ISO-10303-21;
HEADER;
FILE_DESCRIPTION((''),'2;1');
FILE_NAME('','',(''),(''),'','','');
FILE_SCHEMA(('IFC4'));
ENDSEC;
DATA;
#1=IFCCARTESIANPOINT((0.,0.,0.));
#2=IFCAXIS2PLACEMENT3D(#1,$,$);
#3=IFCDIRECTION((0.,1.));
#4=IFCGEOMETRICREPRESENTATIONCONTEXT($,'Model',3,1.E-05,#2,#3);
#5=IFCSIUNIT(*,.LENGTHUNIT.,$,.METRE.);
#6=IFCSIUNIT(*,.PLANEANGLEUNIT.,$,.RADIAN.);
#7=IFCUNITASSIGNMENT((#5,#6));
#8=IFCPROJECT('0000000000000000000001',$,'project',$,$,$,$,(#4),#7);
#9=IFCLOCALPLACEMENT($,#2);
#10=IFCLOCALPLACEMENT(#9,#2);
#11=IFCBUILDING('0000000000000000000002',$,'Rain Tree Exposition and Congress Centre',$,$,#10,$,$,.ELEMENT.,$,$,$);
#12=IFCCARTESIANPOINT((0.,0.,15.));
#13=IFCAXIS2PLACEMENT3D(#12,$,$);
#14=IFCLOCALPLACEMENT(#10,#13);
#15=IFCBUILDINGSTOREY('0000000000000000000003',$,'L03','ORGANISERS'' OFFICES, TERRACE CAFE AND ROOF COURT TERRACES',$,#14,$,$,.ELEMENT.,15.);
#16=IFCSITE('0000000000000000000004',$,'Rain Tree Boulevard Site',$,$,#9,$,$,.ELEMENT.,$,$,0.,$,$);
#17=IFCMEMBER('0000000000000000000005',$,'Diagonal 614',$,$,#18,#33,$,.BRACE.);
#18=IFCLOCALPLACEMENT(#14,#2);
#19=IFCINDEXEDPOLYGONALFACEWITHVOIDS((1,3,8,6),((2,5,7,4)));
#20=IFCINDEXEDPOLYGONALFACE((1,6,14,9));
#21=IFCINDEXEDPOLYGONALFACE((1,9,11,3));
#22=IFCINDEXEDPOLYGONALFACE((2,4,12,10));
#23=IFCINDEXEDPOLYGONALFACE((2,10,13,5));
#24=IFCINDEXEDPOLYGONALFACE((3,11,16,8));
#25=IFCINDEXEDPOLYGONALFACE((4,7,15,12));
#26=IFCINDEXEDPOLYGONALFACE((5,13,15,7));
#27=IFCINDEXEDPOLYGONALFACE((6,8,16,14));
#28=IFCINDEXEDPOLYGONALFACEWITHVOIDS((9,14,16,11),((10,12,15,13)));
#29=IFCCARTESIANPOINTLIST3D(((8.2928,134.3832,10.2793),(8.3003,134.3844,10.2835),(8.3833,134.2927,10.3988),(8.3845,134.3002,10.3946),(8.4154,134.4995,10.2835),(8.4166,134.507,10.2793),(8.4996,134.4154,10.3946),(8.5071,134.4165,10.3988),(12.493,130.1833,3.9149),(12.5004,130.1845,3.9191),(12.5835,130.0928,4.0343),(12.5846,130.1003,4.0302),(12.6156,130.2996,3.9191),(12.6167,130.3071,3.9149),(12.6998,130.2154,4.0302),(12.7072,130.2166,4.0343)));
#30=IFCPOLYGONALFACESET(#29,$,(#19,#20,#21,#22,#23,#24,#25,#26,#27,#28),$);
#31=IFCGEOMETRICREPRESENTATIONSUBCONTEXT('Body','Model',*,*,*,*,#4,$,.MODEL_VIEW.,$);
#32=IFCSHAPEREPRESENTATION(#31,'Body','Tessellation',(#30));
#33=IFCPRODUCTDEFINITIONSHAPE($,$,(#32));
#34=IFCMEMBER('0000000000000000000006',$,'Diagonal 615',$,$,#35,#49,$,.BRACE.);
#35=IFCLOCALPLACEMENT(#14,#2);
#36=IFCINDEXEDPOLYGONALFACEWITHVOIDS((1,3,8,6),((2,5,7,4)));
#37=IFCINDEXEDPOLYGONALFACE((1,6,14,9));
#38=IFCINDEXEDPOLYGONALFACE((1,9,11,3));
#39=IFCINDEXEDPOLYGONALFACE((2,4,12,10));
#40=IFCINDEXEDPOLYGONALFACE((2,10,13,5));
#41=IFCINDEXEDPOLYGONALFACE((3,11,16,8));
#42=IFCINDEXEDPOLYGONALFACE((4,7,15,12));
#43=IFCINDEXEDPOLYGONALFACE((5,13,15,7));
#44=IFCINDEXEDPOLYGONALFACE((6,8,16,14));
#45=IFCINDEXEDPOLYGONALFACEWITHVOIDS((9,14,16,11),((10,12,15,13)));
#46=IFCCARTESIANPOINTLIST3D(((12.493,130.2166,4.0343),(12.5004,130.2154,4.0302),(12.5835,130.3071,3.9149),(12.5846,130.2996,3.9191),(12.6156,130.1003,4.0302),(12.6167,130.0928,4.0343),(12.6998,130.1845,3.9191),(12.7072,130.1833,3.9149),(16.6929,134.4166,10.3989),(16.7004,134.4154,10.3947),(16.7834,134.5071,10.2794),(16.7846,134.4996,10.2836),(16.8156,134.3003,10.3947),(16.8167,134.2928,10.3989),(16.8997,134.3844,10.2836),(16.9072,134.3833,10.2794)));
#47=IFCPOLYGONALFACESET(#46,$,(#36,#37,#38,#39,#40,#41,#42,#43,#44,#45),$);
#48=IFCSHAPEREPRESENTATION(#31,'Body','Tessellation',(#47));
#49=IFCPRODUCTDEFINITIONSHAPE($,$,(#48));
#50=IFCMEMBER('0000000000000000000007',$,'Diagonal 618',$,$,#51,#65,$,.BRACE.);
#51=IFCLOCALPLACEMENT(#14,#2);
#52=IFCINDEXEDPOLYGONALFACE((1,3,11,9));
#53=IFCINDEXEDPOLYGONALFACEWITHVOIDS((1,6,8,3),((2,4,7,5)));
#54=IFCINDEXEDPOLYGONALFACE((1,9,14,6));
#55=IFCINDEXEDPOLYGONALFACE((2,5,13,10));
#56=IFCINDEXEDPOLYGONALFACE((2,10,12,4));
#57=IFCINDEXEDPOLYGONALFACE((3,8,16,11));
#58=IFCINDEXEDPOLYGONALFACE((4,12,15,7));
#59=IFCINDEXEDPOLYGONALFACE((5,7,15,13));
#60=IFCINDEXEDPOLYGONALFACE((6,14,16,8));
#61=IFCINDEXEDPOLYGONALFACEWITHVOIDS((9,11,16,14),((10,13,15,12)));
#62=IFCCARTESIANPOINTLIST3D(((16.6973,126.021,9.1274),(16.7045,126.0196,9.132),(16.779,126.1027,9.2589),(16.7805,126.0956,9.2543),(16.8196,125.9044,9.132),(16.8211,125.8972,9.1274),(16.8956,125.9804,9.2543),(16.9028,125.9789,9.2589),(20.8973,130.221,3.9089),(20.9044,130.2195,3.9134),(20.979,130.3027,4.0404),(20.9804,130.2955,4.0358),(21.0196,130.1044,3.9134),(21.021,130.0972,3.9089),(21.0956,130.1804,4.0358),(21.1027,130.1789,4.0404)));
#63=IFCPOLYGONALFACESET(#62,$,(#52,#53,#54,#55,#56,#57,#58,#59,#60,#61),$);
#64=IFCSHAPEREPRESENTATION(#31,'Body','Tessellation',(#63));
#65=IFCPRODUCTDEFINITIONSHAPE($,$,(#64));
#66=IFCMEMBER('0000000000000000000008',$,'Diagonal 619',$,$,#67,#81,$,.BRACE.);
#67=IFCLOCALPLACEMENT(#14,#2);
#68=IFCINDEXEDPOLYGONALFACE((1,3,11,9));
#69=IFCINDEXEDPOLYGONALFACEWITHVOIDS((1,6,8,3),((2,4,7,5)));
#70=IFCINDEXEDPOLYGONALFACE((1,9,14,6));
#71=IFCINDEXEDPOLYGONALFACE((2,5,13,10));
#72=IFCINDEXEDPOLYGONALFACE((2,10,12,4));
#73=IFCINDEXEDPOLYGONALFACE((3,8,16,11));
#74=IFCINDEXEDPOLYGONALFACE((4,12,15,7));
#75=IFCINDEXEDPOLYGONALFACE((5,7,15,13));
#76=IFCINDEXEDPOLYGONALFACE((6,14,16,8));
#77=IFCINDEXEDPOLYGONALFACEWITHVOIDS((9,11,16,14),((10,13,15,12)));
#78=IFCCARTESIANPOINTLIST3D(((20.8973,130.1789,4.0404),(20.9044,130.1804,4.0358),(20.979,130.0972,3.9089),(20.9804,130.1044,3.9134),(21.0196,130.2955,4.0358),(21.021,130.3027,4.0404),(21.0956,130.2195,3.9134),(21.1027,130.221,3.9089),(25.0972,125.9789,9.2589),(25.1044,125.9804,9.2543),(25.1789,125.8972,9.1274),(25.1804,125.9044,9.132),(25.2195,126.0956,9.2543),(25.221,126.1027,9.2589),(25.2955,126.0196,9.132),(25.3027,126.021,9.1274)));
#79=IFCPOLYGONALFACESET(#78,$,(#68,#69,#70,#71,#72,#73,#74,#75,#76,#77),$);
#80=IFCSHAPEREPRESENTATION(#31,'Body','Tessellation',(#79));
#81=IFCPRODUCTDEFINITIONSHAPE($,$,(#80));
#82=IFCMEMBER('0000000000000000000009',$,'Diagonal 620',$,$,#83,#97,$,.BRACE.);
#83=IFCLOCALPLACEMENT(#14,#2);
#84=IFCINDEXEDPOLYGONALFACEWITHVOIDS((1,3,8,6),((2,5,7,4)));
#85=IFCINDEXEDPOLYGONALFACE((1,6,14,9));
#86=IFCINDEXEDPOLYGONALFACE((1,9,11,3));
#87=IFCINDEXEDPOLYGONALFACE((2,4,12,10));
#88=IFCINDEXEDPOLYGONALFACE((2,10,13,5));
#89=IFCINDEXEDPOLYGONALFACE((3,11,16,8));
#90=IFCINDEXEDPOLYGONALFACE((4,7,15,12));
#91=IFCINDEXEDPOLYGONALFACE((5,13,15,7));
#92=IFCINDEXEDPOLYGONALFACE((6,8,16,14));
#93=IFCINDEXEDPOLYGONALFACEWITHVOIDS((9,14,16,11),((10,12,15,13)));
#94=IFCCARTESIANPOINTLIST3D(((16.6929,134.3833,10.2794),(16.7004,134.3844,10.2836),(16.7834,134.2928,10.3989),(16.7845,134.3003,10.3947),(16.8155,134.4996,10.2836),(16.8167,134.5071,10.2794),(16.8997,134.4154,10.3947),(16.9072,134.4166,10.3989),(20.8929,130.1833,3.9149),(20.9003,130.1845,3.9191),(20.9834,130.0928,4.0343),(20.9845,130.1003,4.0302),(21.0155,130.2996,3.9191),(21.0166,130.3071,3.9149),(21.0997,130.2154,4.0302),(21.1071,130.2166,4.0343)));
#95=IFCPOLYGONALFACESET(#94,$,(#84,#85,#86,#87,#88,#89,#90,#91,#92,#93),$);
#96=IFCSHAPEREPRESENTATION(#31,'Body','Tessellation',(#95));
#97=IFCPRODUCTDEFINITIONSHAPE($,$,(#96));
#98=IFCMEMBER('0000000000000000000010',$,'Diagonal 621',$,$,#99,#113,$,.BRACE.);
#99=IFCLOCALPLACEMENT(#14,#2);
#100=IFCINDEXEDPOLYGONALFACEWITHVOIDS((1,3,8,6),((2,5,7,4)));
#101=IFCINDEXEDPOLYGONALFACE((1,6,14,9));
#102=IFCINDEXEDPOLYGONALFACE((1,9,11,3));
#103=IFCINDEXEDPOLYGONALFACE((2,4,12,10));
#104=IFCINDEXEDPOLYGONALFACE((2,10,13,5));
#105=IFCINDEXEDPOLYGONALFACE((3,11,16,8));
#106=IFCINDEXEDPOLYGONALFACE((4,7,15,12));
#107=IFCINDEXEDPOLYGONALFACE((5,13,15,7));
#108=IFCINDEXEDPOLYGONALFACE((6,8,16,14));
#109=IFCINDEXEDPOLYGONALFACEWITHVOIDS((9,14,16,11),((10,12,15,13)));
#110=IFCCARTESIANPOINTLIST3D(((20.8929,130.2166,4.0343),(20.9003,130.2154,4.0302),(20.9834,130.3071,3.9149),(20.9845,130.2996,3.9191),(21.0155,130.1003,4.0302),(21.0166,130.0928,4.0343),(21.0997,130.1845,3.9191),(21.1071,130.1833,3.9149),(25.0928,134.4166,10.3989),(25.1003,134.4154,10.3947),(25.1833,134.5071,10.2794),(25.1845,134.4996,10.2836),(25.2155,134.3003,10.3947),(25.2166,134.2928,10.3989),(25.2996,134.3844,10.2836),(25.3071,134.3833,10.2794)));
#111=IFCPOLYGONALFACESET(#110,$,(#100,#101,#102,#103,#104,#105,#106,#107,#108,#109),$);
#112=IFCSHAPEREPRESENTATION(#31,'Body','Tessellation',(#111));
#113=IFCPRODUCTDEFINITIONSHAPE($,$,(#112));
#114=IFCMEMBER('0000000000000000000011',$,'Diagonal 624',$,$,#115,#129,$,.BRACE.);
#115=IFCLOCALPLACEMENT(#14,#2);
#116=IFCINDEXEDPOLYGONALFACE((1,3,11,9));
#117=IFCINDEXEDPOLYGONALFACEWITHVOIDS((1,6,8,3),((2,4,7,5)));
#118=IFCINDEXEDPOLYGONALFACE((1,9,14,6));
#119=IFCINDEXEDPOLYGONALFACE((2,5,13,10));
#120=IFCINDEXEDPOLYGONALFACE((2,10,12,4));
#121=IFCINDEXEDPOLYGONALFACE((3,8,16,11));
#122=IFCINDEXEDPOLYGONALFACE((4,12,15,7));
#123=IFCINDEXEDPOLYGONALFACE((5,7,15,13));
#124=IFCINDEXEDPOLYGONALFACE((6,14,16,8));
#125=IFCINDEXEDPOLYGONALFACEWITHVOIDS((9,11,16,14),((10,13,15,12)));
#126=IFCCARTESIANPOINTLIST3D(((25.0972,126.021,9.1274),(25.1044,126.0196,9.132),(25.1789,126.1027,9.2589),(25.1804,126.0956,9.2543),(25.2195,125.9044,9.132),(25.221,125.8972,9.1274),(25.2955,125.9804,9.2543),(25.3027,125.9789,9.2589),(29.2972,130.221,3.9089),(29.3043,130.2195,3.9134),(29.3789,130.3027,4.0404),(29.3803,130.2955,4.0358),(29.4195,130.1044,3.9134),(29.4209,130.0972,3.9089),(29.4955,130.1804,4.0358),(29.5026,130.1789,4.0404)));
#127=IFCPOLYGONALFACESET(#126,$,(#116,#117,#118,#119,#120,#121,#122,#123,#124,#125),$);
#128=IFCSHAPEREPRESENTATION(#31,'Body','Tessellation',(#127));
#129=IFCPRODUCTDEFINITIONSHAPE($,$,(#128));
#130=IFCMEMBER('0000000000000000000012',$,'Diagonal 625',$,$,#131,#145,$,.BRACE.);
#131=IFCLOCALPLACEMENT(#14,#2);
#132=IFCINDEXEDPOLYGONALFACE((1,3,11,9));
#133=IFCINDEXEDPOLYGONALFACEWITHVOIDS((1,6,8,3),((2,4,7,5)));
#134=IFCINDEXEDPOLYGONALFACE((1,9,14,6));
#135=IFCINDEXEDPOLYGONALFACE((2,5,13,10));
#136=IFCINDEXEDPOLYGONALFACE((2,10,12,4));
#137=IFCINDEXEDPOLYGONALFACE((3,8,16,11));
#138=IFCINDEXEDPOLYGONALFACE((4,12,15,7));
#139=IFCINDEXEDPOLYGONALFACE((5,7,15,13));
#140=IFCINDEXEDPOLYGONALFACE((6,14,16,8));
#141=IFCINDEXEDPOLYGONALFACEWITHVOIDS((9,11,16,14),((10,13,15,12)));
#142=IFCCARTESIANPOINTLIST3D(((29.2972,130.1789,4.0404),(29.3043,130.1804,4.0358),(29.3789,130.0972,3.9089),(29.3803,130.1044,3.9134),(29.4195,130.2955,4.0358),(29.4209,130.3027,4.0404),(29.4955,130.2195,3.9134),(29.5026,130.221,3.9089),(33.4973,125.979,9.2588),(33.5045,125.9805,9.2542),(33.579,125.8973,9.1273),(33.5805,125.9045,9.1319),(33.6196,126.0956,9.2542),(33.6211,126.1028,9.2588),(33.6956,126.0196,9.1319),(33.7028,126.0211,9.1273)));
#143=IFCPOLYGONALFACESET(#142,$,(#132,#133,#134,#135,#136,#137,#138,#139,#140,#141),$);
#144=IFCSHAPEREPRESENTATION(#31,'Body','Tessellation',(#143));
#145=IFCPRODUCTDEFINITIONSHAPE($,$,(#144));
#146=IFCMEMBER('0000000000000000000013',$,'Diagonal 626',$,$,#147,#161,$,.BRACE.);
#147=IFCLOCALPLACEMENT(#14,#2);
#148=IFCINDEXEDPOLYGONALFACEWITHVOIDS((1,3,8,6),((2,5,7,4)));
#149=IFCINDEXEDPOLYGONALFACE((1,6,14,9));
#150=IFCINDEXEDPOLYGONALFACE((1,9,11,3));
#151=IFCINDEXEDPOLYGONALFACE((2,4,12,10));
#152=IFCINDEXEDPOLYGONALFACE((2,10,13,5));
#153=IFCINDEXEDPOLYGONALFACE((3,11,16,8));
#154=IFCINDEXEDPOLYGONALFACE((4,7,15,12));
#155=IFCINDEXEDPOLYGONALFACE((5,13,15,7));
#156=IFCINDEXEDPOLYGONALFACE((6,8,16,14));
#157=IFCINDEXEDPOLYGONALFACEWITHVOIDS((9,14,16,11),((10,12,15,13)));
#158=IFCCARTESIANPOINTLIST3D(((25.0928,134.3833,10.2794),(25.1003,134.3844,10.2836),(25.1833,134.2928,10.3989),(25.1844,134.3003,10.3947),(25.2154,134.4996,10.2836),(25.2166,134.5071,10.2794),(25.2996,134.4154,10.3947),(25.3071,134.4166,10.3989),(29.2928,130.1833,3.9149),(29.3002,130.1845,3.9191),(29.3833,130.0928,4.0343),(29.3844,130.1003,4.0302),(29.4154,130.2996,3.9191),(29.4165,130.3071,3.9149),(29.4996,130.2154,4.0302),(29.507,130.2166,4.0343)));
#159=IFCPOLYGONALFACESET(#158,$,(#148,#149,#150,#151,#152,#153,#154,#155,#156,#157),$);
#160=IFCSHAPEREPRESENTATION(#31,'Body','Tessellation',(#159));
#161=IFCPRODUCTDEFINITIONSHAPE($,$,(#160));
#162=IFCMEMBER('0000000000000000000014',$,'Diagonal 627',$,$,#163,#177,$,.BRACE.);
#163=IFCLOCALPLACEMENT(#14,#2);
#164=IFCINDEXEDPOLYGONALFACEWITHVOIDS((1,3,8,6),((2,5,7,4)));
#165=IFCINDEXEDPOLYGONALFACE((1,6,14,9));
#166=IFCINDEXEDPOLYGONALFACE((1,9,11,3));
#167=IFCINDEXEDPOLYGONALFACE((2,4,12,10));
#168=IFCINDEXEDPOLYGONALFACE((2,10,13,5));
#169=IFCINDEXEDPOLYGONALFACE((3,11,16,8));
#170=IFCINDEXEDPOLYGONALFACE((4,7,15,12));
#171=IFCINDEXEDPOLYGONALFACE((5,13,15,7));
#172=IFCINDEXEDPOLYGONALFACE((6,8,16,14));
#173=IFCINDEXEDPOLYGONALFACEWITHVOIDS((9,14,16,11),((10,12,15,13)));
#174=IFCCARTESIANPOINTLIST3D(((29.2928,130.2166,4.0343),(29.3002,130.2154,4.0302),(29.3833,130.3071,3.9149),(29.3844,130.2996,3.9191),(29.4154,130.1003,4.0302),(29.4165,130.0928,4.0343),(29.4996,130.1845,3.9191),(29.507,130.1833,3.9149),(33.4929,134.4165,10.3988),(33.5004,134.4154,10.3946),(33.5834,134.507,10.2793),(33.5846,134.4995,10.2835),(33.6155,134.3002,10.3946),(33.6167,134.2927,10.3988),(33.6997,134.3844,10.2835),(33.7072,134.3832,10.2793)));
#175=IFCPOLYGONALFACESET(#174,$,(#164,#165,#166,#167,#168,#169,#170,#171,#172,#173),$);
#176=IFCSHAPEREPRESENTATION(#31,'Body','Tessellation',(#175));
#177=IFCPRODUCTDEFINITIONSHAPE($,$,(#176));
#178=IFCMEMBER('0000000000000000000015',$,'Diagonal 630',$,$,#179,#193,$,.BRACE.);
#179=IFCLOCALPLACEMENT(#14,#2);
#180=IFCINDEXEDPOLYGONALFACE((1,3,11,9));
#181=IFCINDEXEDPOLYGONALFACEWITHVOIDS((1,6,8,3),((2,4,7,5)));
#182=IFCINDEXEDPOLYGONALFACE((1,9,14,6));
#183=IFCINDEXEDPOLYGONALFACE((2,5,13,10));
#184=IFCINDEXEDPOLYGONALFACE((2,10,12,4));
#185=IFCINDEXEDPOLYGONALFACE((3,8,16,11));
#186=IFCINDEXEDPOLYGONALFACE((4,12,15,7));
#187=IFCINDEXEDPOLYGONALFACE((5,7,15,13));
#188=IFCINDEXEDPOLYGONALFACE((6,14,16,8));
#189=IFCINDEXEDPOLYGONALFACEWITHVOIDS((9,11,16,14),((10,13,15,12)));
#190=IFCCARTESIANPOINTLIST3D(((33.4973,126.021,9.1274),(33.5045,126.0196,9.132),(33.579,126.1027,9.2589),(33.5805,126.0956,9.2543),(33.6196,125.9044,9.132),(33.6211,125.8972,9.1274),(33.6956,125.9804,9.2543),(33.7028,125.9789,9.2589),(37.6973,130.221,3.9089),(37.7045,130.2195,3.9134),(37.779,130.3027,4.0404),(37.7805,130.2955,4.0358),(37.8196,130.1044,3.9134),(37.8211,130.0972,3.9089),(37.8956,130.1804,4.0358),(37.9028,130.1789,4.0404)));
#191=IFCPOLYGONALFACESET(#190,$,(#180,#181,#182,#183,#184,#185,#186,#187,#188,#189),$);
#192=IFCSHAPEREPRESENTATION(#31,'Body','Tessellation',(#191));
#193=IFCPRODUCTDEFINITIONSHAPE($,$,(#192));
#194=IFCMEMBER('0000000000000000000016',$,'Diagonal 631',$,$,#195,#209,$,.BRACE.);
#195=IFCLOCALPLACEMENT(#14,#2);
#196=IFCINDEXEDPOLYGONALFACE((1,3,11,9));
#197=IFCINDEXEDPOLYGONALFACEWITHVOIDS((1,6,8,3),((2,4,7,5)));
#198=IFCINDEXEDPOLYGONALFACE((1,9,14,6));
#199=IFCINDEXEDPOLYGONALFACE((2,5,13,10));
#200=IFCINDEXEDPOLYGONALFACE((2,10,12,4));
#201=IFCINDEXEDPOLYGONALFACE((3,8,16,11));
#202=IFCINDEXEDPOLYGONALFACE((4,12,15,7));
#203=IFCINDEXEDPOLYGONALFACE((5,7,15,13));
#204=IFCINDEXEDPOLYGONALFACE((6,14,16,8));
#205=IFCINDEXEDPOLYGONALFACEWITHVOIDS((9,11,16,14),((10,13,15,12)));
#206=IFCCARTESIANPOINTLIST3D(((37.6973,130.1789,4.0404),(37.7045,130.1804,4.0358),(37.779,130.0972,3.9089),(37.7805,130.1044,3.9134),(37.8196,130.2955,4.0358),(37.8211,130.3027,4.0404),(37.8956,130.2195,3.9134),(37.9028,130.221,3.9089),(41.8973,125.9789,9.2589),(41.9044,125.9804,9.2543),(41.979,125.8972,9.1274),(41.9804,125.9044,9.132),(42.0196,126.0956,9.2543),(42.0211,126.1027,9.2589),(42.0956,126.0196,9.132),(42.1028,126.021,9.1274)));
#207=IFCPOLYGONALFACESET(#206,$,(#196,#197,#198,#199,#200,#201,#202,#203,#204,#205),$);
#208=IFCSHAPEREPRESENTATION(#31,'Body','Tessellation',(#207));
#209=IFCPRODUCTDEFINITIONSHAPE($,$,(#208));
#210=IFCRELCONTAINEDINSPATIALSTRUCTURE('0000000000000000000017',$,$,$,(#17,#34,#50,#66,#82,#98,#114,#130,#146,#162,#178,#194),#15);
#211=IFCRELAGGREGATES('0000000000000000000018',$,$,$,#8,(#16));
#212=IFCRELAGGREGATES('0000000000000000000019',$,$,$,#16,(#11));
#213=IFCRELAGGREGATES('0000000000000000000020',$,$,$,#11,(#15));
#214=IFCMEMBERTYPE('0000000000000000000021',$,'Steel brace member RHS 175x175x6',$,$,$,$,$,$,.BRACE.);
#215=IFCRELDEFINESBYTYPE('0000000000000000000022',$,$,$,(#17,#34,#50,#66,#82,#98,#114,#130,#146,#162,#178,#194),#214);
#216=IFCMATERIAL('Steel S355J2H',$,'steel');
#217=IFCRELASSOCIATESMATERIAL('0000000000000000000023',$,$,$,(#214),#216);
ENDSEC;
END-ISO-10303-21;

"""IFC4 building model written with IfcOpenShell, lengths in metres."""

from ifc_helpers import new_model, si_unit, direction, frame, origin, origin_2d, place, context, subcontext, project, spatial, hollow_rectangle, extrude, material, material_profile, profile_set, type_object, element, save


model = new_model("IFC4")

# Units and contexts
model_context = context("Model", 3, precision=1e-05, world=origin(), true_north=direction((0.0, 1.0)))
body_context = subcontext(model_context, "Body", "Model", "MODEL_VIEW")
ifc_project = project(units=[si_unit("LENGTHUNIT", "METRE"), si_unit("PLANEANGLEUNIT", "RADIAN")], contexts=[model_context])

# Site, building, storey
site_placement = place(None, origin())
site = spatial("IfcSite", under=ifc_project, at=site_placement, Name="Rain Tree Boulevard Site", CompositionType="ELEMENT", RefElevation=0.0)
building_placement = place(site_placement, origin())
building = spatial("IfcBuilding", under=site, at=building_placement, Name="Rain Tree Exposition and Congress Centre", CompositionType="ELEMENT")
storey_placement = place(building_placement, frame((0.0, 0.0, 15.0)))
storey = spatial("IfcBuildingStorey", under=building, at=storey_placement, Name="L03", Description="ORGANISERS' OFFICES, TERRACE CAFE AND ROOF COURT TERRACES", CompositionType="ELEMENT", Elevation=15.0)

# Members
ifc_material_1 = material(Name="Steel S355J2H", Category="steel")
ifc_material_profile_1 = material_profile(ifc_material_1, hollow_rectangle(XDim=0.175, YDim=0.175, WallThickness=0.0061, at=origin_2d()), Name="RHS 175x175x6")
ifc_profile_set_1 = profile_set([ifc_material_profile_1], Name="Steel S355J2H")
member_type_1 = type_object("IfcMemberType", Name="Steel brace member RHS 175x175x6", PredefinedType="BRACE", material=ifc_profile_set_1)
for number, where, z_axis, x_axis, name in (
    (1, (12.6001, 130.2, 3.9746), (-0.482468, 0.48244, 0.731078), (-0.707086, -0.707127, 0.0), "Diagonal 614"),
    (2, (12.6001, 130.2, 3.9746), (0.482447, 0.482447, 0.731088), (-0.707107, 0.707107, 0.0), "Diagonal 615"),
):
    element("IfcMember", number, at=place(storey_placement, frame(where, z_axis=z_axis, x_axis=x_axis)), inside=storey, type_object=member_type_1, Name=name, PredefinedType="BRACE", context=body_context, shape_type="SweptSolid", body=[
        extrude(hollow_rectangle(XDim=0.175, YDim=0.175, WallThickness=0.0061, at=origin_2d()), origin(), (0.0, 0.0, 1.0), 8.7056),
    ])
for number, where, z_axis, x_axis, name in (
    (3, (21.0, 130.2, 3.9746), (-0.531206, -0.531206, 0.660031), (0.707107, -0.707107, 0.0), "Diagonal 618"),
    (4, (21.0, 130.2, 3.9746), (0.531206, -0.531206, 0.660031), (0.707107, 0.707107, 0.0), "Diagonal 619"),
):
    element("IfcMember", number, at=place(storey_placement, frame(where, z_axis=z_axis, x_axis=x_axis)), inside=storey, type_object=member_type_1, Name=name, PredefinedType="BRACE", context=body_context, shape_type="SweptSolid", body=[
        extrude(hollow_rectangle(XDim=0.175, YDim=0.175, WallThickness=0.0061, at=origin_2d()), origin(), (0.0, 0.0, 1.0), 7.9065),
    ])
for number, where, z_axis, x_axis, name in (
    (5, (21.0, 130.2, 3.9746), (-0.482447, 0.482447, 0.731088), (-0.707107, -0.707107, 0.0), "Diagonal 620"),
    (6, (21.0, 130.2, 3.9746), (0.482447, 0.482447, 0.731088), (-0.707107, 0.707107, 0.0), "Diagonal 621"),
):
    element("IfcMember", number, at=place(storey_placement, frame(where, z_axis=z_axis, x_axis=x_axis)), inside=storey, type_object=member_type_1, Name=name, PredefinedType="BRACE", context=body_context, shape_type="SweptSolid", body=[
        extrude(hollow_rectangle(XDim=0.175, YDim=0.175, WallThickness=0.0061, at=origin_2d()), origin(), (0.0, 0.0, 1.0), 8.7056),
    ])
for number, where, z_axis, x_axis, name in (
    (7, (29.3999, 130.2, 3.9746), (-0.531206, -0.531206, 0.660031), (0.707107, -0.707107, 0.0), "Diagonal 624"),
    (8, (29.3999, 130.2, 3.9746), (0.531228, -0.531197, 0.66002), (0.707086, 0.707127, 0.0), "Diagonal 625"),
):
    element("IfcMember", number, at=place(storey_placement, frame(where, z_axis=z_axis, x_axis=x_axis)), inside=storey, type_object=member_type_1, Name=name, PredefinedType="BRACE", context=body_context, shape_type="SweptSolid", body=[
        extrude(hollow_rectangle(XDim=0.175, YDim=0.175, WallThickness=0.0061, at=origin_2d()), origin(), (0.0, 0.0, 1.0), 7.9065),
    ])
for number, where, z_axis, x_axis, name in (
    (9, (29.3999, 130.2, 3.9746), (-0.482447, 0.482447, 0.731088), (-0.707107, -0.707107, 0.0), "Diagonal 626"),
    (10, (29.3999, 130.2, 3.9746), (0.482468, 0.48244, 0.731078), (-0.707086, 0.707127, 0.0), "Diagonal 627"),
):
    element("IfcMember", number, at=place(storey_placement, frame(where, z_axis=z_axis, x_axis=x_axis)), inside=storey, type_object=member_type_1, Name=name, PredefinedType="BRACE", context=body_context, shape_type="SweptSolid", body=[
        extrude(hollow_rectangle(XDim=0.175, YDim=0.175, WallThickness=0.0061, at=origin_2d()), origin(), (0.0, 0.0, 1.0), 8.7056),
    ])
for number, where, z_axis, x_axis, name in (
    (11, (37.8, 130.2, 3.9746), (-0.531206, -0.531206, 0.660031), (0.707107, -0.707107, 0.0), "Diagonal 630"),
    (12, (37.8, 130.2, 3.9746), (0.531206, -0.531206, 0.660031), (0.707107, 0.707107, 0.0), "Diagonal 631"),
):
    element("IfcMember", number, at=place(storey_placement, frame(where, z_axis=z_axis, x_axis=x_axis)), inside=storey, type_object=member_type_1, Name=name, PredefinedType="BRACE", context=body_context, shape_type="SweptSolid", body=[
        extrude(hollow_rectangle(XDim=0.175, YDim=0.175, WallThickness=0.0061, at=origin_2d()), origin(), (0.0, 0.0, 1.0), 7.9065),
    ])

save(model, "model.ifc")
